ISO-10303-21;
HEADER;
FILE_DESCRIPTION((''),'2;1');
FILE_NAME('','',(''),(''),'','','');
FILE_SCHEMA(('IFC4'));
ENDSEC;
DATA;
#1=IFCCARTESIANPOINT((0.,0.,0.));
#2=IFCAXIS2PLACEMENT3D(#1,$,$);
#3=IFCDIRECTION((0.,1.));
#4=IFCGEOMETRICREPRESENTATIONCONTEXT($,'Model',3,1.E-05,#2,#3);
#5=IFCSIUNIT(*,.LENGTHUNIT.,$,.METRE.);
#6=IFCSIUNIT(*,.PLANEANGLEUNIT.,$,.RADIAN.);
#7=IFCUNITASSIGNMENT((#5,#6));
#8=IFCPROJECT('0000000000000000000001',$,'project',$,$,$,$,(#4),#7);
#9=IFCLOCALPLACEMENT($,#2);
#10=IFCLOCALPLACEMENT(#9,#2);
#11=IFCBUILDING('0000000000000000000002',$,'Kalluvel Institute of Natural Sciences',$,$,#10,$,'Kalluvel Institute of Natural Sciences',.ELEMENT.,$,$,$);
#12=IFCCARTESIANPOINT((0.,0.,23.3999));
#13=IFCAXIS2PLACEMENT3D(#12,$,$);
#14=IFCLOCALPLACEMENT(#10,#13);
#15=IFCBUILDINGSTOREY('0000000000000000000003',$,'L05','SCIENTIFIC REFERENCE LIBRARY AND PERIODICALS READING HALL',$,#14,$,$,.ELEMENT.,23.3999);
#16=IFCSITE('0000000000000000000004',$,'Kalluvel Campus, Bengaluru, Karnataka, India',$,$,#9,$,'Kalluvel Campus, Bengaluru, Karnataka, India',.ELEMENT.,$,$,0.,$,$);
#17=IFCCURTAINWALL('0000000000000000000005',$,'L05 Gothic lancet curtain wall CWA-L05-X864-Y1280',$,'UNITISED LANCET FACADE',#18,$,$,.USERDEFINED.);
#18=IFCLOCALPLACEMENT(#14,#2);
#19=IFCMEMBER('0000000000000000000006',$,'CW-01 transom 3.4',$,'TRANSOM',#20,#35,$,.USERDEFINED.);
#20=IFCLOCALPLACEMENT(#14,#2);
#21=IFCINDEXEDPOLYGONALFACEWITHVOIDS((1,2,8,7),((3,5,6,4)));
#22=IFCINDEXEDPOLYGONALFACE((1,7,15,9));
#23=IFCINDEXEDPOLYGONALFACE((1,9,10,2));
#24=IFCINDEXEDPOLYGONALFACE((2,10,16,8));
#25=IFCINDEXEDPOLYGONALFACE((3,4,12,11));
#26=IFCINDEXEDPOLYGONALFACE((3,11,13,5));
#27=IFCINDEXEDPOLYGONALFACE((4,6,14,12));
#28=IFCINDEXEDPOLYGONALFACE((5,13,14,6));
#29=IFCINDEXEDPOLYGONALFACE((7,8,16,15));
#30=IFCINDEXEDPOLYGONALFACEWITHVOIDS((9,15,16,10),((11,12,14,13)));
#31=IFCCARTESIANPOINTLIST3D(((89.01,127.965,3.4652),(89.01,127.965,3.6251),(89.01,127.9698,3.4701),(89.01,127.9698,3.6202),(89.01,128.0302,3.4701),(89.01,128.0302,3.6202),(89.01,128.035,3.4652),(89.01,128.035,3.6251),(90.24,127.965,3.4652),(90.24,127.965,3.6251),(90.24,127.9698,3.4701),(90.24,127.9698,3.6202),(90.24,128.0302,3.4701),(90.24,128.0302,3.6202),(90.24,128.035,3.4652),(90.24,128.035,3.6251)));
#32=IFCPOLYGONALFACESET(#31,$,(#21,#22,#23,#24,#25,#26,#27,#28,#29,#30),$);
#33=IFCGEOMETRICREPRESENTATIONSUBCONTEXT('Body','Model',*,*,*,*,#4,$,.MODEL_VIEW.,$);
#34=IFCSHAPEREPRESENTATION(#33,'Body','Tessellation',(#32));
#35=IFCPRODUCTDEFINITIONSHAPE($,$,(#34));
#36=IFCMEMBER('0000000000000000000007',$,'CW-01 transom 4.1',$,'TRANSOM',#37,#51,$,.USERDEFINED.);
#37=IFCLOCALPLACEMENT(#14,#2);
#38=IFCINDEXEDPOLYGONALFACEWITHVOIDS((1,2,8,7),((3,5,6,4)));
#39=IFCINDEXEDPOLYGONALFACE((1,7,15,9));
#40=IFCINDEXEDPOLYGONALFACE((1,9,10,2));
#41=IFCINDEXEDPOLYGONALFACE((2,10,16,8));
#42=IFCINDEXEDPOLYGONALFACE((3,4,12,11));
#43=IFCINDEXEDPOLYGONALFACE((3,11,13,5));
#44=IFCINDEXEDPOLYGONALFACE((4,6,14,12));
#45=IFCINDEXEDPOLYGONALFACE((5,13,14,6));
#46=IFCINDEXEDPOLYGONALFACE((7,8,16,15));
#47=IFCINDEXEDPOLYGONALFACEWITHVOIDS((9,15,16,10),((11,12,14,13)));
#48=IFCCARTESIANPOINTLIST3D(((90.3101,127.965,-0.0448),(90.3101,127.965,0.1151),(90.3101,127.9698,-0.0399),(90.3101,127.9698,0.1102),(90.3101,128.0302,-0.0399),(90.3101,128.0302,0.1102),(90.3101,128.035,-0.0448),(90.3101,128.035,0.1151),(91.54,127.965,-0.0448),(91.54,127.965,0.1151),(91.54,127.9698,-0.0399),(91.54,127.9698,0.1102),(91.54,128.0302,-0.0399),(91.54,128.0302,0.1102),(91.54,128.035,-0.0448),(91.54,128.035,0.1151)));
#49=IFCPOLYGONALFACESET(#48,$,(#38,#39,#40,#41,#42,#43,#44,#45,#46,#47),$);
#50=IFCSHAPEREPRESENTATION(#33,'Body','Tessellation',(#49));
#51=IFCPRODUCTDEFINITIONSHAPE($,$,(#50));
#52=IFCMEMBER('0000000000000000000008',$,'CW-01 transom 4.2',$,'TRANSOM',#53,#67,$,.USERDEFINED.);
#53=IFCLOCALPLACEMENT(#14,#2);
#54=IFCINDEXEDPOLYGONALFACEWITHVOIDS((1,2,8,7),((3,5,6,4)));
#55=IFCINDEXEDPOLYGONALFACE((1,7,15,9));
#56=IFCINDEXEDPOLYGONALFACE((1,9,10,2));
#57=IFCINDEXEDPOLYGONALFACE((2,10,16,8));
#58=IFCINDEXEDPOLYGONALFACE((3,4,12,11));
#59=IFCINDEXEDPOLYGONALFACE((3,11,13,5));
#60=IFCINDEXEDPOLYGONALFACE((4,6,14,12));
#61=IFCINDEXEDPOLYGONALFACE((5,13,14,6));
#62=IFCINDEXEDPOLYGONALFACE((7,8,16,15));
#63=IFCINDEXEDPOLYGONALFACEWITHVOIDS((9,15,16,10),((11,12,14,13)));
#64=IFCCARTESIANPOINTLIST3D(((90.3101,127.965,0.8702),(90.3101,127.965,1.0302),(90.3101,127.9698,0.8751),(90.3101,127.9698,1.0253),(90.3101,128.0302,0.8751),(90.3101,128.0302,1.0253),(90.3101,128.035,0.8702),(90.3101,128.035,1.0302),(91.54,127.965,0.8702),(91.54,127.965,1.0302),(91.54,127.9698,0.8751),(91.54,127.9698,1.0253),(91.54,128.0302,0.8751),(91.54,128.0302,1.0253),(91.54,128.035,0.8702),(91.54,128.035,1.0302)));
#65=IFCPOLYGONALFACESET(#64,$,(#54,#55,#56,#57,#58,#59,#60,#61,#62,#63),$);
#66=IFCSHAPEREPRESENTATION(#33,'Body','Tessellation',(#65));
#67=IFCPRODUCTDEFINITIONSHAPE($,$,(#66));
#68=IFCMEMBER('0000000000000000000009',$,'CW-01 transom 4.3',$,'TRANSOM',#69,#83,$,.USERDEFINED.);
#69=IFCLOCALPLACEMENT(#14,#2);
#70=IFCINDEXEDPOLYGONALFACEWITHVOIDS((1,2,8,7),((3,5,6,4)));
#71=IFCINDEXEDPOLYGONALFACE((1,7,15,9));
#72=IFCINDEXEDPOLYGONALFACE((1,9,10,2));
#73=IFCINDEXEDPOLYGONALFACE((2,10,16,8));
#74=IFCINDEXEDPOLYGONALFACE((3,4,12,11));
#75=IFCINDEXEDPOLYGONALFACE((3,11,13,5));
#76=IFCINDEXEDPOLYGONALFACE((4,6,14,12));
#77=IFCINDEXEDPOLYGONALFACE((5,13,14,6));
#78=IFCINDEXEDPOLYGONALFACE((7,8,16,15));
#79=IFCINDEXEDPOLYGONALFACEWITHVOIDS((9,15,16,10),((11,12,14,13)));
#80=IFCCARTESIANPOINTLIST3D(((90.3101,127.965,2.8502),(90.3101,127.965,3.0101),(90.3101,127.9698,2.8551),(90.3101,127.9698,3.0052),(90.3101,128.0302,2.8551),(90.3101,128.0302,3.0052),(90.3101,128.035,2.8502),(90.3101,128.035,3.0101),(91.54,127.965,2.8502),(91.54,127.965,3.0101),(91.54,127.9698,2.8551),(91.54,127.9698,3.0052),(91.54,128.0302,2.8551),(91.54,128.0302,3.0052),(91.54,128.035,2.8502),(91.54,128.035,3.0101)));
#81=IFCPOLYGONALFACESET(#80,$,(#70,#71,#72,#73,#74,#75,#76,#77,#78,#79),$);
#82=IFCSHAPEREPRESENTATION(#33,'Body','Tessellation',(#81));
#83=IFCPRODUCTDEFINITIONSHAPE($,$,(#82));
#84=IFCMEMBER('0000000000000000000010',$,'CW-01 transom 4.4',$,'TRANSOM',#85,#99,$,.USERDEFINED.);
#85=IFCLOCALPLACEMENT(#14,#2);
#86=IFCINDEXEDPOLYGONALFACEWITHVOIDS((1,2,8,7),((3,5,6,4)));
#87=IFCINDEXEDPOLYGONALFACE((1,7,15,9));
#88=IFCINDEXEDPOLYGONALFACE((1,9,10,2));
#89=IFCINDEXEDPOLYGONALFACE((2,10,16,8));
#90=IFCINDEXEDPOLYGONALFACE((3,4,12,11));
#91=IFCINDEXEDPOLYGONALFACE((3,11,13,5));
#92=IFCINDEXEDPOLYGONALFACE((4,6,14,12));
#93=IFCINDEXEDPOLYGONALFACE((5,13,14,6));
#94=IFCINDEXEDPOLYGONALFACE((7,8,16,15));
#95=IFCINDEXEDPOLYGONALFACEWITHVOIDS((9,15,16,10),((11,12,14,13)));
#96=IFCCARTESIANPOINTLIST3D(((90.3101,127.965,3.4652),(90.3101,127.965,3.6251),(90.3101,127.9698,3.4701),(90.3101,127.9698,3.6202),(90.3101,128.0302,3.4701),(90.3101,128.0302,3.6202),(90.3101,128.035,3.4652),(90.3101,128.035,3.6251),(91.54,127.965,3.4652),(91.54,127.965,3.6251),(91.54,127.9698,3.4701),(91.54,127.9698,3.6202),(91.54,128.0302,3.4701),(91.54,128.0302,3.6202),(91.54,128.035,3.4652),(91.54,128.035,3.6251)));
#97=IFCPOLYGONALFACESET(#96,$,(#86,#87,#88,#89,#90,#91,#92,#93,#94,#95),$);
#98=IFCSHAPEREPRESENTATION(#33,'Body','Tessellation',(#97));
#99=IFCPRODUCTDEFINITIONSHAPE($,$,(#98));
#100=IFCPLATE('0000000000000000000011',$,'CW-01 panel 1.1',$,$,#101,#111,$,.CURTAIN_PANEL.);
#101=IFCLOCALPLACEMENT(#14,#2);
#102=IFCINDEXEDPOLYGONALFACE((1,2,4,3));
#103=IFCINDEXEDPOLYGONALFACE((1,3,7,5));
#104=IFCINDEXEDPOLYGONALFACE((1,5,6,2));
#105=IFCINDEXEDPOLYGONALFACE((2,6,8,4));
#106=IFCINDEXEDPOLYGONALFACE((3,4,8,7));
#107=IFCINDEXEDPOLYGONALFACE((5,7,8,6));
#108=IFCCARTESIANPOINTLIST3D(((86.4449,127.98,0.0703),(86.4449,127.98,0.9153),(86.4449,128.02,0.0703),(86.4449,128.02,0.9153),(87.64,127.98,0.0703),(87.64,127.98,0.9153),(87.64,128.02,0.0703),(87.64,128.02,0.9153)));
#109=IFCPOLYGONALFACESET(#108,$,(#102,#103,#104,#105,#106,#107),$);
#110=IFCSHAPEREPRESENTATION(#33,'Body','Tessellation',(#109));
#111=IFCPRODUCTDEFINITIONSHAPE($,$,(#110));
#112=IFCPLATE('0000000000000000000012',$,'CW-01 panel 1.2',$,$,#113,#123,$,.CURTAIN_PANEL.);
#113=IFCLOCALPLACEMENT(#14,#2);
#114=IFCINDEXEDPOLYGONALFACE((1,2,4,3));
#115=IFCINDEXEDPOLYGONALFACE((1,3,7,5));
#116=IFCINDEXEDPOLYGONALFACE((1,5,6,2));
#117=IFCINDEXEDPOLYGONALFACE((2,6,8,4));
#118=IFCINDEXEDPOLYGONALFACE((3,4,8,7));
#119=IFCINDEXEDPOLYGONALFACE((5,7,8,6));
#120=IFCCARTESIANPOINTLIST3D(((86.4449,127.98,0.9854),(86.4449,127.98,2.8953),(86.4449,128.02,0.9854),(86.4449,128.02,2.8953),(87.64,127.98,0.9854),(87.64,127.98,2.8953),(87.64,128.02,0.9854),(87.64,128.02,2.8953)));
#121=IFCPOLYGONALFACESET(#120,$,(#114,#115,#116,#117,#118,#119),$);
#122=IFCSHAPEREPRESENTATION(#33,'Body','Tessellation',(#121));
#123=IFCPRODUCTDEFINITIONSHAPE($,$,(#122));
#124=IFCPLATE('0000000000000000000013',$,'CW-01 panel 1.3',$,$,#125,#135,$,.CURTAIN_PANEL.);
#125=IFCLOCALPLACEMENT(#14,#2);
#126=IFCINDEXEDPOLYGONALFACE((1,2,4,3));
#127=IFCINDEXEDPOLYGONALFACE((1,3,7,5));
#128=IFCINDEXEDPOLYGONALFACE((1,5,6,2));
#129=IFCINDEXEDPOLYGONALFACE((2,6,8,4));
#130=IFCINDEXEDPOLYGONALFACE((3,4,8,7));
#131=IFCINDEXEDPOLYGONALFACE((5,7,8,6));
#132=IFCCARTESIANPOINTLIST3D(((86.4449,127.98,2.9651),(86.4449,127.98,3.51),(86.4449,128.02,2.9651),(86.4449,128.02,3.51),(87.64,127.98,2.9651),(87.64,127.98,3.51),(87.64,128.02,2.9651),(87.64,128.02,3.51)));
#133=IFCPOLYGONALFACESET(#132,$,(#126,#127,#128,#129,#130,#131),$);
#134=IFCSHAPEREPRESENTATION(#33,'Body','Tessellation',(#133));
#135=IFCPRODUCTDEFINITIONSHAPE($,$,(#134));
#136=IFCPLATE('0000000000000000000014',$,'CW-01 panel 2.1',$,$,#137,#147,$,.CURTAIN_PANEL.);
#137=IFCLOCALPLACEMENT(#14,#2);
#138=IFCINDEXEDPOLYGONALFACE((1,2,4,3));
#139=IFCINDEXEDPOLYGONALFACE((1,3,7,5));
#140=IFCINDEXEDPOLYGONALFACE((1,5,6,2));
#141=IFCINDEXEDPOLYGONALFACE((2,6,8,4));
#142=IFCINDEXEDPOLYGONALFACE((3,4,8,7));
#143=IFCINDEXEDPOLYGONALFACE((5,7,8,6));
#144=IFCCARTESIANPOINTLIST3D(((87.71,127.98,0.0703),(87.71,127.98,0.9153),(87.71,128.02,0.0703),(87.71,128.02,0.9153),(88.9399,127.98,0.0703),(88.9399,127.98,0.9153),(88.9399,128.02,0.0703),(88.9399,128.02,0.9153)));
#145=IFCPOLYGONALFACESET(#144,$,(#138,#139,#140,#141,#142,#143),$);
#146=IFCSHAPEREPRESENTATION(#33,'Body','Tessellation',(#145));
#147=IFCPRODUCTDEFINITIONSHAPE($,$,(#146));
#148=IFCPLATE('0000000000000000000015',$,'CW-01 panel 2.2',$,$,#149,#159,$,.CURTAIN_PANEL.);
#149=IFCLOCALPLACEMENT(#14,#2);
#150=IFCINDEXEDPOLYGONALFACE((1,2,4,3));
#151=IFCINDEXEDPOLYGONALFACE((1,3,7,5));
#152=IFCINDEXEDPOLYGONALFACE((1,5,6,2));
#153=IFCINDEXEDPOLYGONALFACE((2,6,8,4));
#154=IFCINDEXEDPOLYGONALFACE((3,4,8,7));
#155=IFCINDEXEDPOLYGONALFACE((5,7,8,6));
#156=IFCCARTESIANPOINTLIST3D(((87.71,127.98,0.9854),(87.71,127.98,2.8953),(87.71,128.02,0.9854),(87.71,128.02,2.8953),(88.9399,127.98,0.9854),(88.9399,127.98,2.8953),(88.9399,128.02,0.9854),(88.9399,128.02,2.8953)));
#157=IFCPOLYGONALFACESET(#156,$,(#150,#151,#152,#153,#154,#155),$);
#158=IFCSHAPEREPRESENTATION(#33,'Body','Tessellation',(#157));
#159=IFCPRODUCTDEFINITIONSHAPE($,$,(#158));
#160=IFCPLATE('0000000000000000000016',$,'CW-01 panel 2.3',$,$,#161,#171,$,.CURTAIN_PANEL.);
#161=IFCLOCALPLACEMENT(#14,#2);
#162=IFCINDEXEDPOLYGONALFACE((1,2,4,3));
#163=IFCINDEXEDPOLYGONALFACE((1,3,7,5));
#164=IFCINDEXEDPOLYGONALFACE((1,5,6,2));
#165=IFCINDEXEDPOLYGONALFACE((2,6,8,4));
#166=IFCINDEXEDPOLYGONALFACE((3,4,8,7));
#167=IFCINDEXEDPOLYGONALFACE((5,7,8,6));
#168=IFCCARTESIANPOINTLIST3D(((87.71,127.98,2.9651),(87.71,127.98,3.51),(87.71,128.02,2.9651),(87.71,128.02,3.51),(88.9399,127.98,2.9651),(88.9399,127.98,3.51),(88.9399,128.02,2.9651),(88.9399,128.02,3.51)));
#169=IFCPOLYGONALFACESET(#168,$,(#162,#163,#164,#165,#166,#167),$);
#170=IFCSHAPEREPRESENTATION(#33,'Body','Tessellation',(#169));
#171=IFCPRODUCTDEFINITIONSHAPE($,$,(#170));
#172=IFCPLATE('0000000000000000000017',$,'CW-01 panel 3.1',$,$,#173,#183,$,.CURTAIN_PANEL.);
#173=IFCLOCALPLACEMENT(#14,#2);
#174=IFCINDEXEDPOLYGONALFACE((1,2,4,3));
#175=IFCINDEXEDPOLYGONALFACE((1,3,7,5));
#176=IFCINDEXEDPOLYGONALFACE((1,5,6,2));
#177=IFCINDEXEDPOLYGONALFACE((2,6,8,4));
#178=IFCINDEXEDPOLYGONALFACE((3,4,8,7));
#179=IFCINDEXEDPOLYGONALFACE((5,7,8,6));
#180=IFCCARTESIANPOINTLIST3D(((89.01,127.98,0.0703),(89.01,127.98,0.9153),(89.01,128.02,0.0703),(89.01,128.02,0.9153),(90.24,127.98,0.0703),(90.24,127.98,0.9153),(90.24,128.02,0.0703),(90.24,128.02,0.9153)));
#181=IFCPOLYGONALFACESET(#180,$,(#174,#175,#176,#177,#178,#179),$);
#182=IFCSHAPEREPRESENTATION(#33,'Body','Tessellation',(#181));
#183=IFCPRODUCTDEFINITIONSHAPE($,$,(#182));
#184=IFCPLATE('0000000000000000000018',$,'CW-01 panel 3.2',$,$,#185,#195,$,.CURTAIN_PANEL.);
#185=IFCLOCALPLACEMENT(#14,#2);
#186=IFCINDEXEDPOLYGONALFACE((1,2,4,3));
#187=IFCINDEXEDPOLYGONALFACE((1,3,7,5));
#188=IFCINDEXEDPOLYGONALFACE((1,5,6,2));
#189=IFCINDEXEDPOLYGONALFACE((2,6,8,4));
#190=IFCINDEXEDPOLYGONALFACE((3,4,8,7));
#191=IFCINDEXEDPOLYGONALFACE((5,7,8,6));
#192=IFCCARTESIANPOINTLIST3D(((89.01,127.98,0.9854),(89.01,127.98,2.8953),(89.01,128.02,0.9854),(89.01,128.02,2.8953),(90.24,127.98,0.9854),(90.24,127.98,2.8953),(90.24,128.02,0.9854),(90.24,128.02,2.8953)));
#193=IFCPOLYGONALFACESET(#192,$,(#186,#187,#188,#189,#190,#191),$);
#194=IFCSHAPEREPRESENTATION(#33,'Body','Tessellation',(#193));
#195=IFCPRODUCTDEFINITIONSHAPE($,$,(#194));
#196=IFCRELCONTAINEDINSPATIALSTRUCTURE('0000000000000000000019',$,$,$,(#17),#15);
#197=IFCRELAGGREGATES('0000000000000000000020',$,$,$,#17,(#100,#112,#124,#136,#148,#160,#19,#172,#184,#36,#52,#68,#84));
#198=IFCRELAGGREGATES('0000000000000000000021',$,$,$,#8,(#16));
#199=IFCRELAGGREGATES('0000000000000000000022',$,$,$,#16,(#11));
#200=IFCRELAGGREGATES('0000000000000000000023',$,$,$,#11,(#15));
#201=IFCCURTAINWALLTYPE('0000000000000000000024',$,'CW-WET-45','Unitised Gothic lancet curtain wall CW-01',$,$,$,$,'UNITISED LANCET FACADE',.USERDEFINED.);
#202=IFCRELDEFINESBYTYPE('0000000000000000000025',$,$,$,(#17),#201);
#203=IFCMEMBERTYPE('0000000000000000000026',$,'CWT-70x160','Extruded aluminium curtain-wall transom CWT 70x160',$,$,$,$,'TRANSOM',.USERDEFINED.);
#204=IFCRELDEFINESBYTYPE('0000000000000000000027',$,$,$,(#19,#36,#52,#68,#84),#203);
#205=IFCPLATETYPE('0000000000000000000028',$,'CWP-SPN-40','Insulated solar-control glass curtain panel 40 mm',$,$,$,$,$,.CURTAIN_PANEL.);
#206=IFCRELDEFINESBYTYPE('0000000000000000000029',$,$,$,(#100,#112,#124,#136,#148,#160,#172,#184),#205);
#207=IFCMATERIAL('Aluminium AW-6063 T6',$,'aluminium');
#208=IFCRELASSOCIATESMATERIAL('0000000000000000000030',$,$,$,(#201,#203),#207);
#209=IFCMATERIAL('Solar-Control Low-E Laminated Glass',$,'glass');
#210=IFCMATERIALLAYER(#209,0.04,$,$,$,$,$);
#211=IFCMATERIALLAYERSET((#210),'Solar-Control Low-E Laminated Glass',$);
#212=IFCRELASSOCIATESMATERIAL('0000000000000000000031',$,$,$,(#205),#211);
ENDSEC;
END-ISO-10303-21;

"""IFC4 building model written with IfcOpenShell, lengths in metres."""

from ifc_helpers import new_model, si_unit, direction, frame, origin, origin_2d, place, context, subcontext, project, spatial, rectangle, hollow_rectangle, extrude, material, layer, layer_set, material_profile, profile_set, type_object, element, aggregate, save


model = new_model("IFC4")

# Units and contexts
model_context = context("Model", 3, precision=1e-05, world=origin(), true_north=direction((0.0, 1.0)))
body_context = subcontext(model_context, "Body", "Model", "MODEL_VIEW")
ifc_project = project(units=[si_unit("LENGTHUNIT", "METRE"), si_unit("PLANEANGLEUNIT", "RADIAN")], contexts=[model_context])

# Site, building, storey
site_placement = place(None, origin())
site = spatial("IfcSite", under=ifc_project, at=site_placement, Name="Kalluvel Campus, Bengaluru, Karnataka, India", LongName="Kalluvel Campus, Bengaluru, Karnataka, India", CompositionType="ELEMENT", RefElevation=0.0)
building_placement = place(site_placement, origin())
building = spatial("IfcBuilding", under=site, at=building_placement, Name="Kalluvel Institute of Natural Sciences", LongName="Kalluvel Institute of Natural Sciences", CompositionType="ELEMENT")
storey_placement = place(building_placement, frame((0.0, 0.0, 23.3999)))
storey = spatial("IfcBuildingStorey", under=building, at=storey_placement, Name="L05", Description="SCIENTIFIC REFERENCE LIBRARY AND PERIODICALS READING HALL", CompositionType="ELEMENT", Elevation=23.3999)

# Curtain wall, members, plates
ifc_material_1 = material(Name="Aluminium AW-6063 T6", Category="aluminium")
curtain_wall_type = type_object("IfcCurtainWallType", Name="CW-WET-45", Description="Unitised Gothic lancet curtain wall CW-01", ElementType="UNITISED LANCET FACADE", PredefinedType="USERDEFINED", material=ifc_material_1)
curtain_wall_placement = place(storey_placement, origin())
curtain_wall = element("IfcCurtainWall", 1, at=curtain_wall_placement, inside=storey, type_object=curtain_wall_type, Name="L05 Gothic lancet curtain wall CWA-L05-X864-Y1280", ObjectType="UNITISED LANCET FACADE", PredefinedType="USERDEFINED")
ifc_material_profile_1 = material_profile(ifc_material_1, hollow_rectangle(XDim=0.0701, YDim=0.1599, WallThickness=0.0049, at=origin_2d()), Name="CWT 70x160")
ifc_profile_set_1 = profile_set([ifc_material_profile_1], Name="Aluminium AW-6063 T6")
member_type_1 = type_object("IfcMemberType", Name="CWT-70x160", Description="Extruded aluminium curtain-wall transom CWT 70x160", ElementType="TRANSOM", PredefinedType="USERDEFINED", material=ifc_profile_set_1)
member_1_placement = place(storey_placement, frame((89.01, 128.0, 3.5452), z_axis=(1.0, 0.0, 0.0), x_axis=(0.0, 1.0, 0.0)))
member_1 = element("IfcMember", 2, at=member_1_placement, type_object=member_type_1, Name="CW-01 transom 3.4", ObjectType="TRANSOM", PredefinedType="USERDEFINED", context=body_context, shape_type="SweptSolid", body=[
    extrude(hollow_rectangle(XDim=0.0701, YDim=0.1599, WallThickness=0.0049, at=origin_2d()), origin(), (0.0, 0.0, 1.0), 1.23),
])
member_2_placement = place(storey_placement, frame((90.3101, 128.0, 0.0352), z_axis=(1.0, 0.0, 0.0), x_axis=(0.0, 1.0, 0.0)))
member_2 = element("IfcMember", 3, at=member_2_placement, type_object=member_type_1, Name="CW-01 transom 4.1", ObjectType="TRANSOM", PredefinedType="USERDEFINED", context=body_context, shape_type="SweptSolid", body=[
    extrude(hollow_rectangle(XDim=0.0701, YDim=0.1599, WallThickness=0.0049, at=origin_2d()), origin(), (0.0, 0.0, 1.0), 1.23),
])
member_3_placement = place(storey_placement, frame((90.3101, 128.0, 0.9502), z_axis=(1.0, 0.0, 0.0), x_axis=(0.0, 1.0, 0.0)))
member_3 = element("IfcMember", 4, at=member_3_placement, type_object=member_type_1, Name="CW-01 transom 4.2", ObjectType="TRANSOM", PredefinedType="USERDEFINED", context=body_context, shape_type="SweptSolid", body=[
    extrude(hollow_rectangle(XDim=0.0701, YDim=0.1599, WallThickness=0.0049, at=origin_2d()), origin(), (0.0, 0.0, 1.0), 1.23),
])
member_4_placement = place(storey_placement, frame((90.3101, 128.0, 2.9302), z_axis=(1.0, 0.0, 0.0), x_axis=(0.0, 1.0, 0.0)))
member_4 = element("IfcMember", 5, at=member_4_placement, type_object=member_type_1, Name="CW-01 transom 4.3", ObjectType="TRANSOM", PredefinedType="USERDEFINED", context=body_context, shape_type="SweptSolid", body=[
    extrude(hollow_rectangle(XDim=0.0701, YDim=0.1599, WallThickness=0.0049, at=origin_2d()), origin(), (0.0, 0.0, 1.0), 1.23),
])
member_5_placement = place(storey_placement, frame((90.3101, 128.0, 3.5452), z_axis=(1.0, 0.0, 0.0), x_axis=(0.0, 1.0, 0.0)))
member_5 = element("IfcMember", 6, at=member_5_placement, type_object=member_type_1, Name="CW-01 transom 4.4", ObjectType="TRANSOM", PredefinedType="USERDEFINED", context=body_context, shape_type="SweptSolid", body=[
    extrude(hollow_rectangle(XDim=0.0701, YDim=0.1599, WallThickness=0.0049, at=origin_2d()), origin(), (0.0, 0.0, 1.0), 1.23),
])
ifc_material_2 = material(Name="Solar-Control Low-E Laminated Glass", Category="glass")
ifc_layer = layer(ifc_material_2, 0.04)
ifc_layer_set = layer_set([ifc_layer], Name="Solar-Control Low-E Laminated Glass")
plate_type = type_object("IfcPlateType", Name="CWP-SPN-40", Description="Insulated solar-control glass curtain panel 40 mm", PredefinedType="CURTAIN_PANEL", material=ifc_layer_set)
plate_1_placement = place(storey_placement, frame((87.0425, 128.0, 0.0703), z_axis=(0.0, 0.0, 1.0), x_axis=(1.0, 0.0, 0.0)))
plate_1 = element("IfcPlate", 7, at=plate_1_placement, type_object=plate_type, Name="CW-01 panel 1.1", PredefinedType="CURTAIN_PANEL", context=body_context, shape_type="SweptSolid", body=[
    extrude(rectangle(XDim=1.1951, YDim=0.04, at=origin_2d()), origin(), (0.0, 0.0, 1.0), 0.845),
])
plate_2_placement = place(storey_placement, frame((87.0425, 128.0, 0.9854), z_axis=(0.0, 0.0, 1.0), x_axis=(1.0, 0.0, 0.0)))
plate_2 = element("IfcPlate", 8, at=plate_2_placement, type_object=plate_type, Name="CW-01 panel 1.2", PredefinedType="CURTAIN_PANEL", context=body_context, shape_type="SweptSolid", body=[
    extrude(rectangle(XDim=1.1951, YDim=0.04, at=origin_2d()), origin(), (0.0, 0.0, 1.0), 1.9099),
])
plate_3_placement = place(storey_placement, frame((87.0425, 128.0, 2.9651), z_axis=(0.0, 0.0, 1.0), x_axis=(1.0, 0.0, 0.0)))
plate_3 = element("IfcPlate", 9, at=plate_3_placement, type_object=plate_type, Name="CW-01 panel 1.3", PredefinedType="CURTAIN_PANEL", context=body_context, shape_type="SweptSolid", body=[
    extrude(rectangle(XDim=1.1951, YDim=0.04, at=origin_2d()), origin(), (0.0, 0.0, 1.0), 0.5449),
])
plate_4_placement = place(storey_placement, frame((88.325, 128.0, 0.0703), z_axis=(0.0, 0.0, 1.0), x_axis=(1.0, 0.0, 0.0)))
plate_4 = element("IfcPlate", 10, at=plate_4_placement, type_object=plate_type, Name="CW-01 panel 2.1", PredefinedType="CURTAIN_PANEL", context=body_context, shape_type="SweptSolid", body=[
    extrude(rectangle(XDim=1.23, YDim=0.04, at=origin_2d()), origin(), (0.0, 0.0, 1.0), 0.845),
])
plate_5_placement = place(storey_placement, frame((88.325, 128.0, 0.9854), z_axis=(0.0, 0.0, 1.0), x_axis=(1.0, 0.0, 0.0)))
plate_5 = element("IfcPlate", 11, at=plate_5_placement, type_object=plate_type, Name="CW-01 panel 2.2", PredefinedType="CURTAIN_PANEL", context=body_context, shape_type="SweptSolid", body=[
    extrude(rectangle(XDim=1.23, YDim=0.04, at=origin_2d()), origin(), (0.0, 0.0, 1.0), 1.9099),
])
plate_6_placement = place(storey_placement, frame((88.325, 128.0, 2.9651), z_axis=(0.0, 0.0, 1.0), x_axis=(1.0, 0.0, 0.0)))
plate_6 = element("IfcPlate", 12, at=plate_6_placement, type_object=plate_type, Name="CW-01 panel 2.3", PredefinedType="CURTAIN_PANEL", context=body_context, shape_type="SweptSolid", body=[
    extrude(rectangle(XDim=1.23, YDim=0.04, at=origin_2d()), origin(), (0.0, 0.0, 1.0), 0.5449),
])
plate_7_placement = place(storey_placement, frame((89.625, 128.0, 0.0703), z_axis=(0.0, 0.0, 1.0), x_axis=(1.0, 0.0, 0.0)))
plate_7 = element("IfcPlate", 13, at=plate_7_placement, type_object=plate_type, Name="CW-01 panel 3.1", PredefinedType="CURTAIN_PANEL", context=body_context, shape_type="SweptSolid", body=[
    extrude(rectangle(XDim=1.23, YDim=0.04, at=origin_2d()), origin(), (0.0, 0.0, 1.0), 0.845),
])
plate_8_placement = place(storey_placement, frame((89.625, 128.0, 0.9854), z_axis=(0.0, 0.0, 1.0), x_axis=(1.0, 0.0, 0.0)))
plate_8 = element("IfcPlate", 14, at=plate_8_placement, type_object=plate_type, Name="CW-01 panel 3.2", PredefinedType="CURTAIN_PANEL", context=body_context, shape_type="SweptSolid", body=[
    extrude(rectangle(XDim=1.23, YDim=0.04, at=origin_2d()), origin(), (0.0, 0.0, 1.0), 1.9099),
])
aggregate(curtain_wall, [plate_1, plate_2, plate_3, plate_4, plate_5, plate_6, member_1, plate_7, plate_8, member_2, member_3, member_4, member_5])

save(model, "model.ifc")
